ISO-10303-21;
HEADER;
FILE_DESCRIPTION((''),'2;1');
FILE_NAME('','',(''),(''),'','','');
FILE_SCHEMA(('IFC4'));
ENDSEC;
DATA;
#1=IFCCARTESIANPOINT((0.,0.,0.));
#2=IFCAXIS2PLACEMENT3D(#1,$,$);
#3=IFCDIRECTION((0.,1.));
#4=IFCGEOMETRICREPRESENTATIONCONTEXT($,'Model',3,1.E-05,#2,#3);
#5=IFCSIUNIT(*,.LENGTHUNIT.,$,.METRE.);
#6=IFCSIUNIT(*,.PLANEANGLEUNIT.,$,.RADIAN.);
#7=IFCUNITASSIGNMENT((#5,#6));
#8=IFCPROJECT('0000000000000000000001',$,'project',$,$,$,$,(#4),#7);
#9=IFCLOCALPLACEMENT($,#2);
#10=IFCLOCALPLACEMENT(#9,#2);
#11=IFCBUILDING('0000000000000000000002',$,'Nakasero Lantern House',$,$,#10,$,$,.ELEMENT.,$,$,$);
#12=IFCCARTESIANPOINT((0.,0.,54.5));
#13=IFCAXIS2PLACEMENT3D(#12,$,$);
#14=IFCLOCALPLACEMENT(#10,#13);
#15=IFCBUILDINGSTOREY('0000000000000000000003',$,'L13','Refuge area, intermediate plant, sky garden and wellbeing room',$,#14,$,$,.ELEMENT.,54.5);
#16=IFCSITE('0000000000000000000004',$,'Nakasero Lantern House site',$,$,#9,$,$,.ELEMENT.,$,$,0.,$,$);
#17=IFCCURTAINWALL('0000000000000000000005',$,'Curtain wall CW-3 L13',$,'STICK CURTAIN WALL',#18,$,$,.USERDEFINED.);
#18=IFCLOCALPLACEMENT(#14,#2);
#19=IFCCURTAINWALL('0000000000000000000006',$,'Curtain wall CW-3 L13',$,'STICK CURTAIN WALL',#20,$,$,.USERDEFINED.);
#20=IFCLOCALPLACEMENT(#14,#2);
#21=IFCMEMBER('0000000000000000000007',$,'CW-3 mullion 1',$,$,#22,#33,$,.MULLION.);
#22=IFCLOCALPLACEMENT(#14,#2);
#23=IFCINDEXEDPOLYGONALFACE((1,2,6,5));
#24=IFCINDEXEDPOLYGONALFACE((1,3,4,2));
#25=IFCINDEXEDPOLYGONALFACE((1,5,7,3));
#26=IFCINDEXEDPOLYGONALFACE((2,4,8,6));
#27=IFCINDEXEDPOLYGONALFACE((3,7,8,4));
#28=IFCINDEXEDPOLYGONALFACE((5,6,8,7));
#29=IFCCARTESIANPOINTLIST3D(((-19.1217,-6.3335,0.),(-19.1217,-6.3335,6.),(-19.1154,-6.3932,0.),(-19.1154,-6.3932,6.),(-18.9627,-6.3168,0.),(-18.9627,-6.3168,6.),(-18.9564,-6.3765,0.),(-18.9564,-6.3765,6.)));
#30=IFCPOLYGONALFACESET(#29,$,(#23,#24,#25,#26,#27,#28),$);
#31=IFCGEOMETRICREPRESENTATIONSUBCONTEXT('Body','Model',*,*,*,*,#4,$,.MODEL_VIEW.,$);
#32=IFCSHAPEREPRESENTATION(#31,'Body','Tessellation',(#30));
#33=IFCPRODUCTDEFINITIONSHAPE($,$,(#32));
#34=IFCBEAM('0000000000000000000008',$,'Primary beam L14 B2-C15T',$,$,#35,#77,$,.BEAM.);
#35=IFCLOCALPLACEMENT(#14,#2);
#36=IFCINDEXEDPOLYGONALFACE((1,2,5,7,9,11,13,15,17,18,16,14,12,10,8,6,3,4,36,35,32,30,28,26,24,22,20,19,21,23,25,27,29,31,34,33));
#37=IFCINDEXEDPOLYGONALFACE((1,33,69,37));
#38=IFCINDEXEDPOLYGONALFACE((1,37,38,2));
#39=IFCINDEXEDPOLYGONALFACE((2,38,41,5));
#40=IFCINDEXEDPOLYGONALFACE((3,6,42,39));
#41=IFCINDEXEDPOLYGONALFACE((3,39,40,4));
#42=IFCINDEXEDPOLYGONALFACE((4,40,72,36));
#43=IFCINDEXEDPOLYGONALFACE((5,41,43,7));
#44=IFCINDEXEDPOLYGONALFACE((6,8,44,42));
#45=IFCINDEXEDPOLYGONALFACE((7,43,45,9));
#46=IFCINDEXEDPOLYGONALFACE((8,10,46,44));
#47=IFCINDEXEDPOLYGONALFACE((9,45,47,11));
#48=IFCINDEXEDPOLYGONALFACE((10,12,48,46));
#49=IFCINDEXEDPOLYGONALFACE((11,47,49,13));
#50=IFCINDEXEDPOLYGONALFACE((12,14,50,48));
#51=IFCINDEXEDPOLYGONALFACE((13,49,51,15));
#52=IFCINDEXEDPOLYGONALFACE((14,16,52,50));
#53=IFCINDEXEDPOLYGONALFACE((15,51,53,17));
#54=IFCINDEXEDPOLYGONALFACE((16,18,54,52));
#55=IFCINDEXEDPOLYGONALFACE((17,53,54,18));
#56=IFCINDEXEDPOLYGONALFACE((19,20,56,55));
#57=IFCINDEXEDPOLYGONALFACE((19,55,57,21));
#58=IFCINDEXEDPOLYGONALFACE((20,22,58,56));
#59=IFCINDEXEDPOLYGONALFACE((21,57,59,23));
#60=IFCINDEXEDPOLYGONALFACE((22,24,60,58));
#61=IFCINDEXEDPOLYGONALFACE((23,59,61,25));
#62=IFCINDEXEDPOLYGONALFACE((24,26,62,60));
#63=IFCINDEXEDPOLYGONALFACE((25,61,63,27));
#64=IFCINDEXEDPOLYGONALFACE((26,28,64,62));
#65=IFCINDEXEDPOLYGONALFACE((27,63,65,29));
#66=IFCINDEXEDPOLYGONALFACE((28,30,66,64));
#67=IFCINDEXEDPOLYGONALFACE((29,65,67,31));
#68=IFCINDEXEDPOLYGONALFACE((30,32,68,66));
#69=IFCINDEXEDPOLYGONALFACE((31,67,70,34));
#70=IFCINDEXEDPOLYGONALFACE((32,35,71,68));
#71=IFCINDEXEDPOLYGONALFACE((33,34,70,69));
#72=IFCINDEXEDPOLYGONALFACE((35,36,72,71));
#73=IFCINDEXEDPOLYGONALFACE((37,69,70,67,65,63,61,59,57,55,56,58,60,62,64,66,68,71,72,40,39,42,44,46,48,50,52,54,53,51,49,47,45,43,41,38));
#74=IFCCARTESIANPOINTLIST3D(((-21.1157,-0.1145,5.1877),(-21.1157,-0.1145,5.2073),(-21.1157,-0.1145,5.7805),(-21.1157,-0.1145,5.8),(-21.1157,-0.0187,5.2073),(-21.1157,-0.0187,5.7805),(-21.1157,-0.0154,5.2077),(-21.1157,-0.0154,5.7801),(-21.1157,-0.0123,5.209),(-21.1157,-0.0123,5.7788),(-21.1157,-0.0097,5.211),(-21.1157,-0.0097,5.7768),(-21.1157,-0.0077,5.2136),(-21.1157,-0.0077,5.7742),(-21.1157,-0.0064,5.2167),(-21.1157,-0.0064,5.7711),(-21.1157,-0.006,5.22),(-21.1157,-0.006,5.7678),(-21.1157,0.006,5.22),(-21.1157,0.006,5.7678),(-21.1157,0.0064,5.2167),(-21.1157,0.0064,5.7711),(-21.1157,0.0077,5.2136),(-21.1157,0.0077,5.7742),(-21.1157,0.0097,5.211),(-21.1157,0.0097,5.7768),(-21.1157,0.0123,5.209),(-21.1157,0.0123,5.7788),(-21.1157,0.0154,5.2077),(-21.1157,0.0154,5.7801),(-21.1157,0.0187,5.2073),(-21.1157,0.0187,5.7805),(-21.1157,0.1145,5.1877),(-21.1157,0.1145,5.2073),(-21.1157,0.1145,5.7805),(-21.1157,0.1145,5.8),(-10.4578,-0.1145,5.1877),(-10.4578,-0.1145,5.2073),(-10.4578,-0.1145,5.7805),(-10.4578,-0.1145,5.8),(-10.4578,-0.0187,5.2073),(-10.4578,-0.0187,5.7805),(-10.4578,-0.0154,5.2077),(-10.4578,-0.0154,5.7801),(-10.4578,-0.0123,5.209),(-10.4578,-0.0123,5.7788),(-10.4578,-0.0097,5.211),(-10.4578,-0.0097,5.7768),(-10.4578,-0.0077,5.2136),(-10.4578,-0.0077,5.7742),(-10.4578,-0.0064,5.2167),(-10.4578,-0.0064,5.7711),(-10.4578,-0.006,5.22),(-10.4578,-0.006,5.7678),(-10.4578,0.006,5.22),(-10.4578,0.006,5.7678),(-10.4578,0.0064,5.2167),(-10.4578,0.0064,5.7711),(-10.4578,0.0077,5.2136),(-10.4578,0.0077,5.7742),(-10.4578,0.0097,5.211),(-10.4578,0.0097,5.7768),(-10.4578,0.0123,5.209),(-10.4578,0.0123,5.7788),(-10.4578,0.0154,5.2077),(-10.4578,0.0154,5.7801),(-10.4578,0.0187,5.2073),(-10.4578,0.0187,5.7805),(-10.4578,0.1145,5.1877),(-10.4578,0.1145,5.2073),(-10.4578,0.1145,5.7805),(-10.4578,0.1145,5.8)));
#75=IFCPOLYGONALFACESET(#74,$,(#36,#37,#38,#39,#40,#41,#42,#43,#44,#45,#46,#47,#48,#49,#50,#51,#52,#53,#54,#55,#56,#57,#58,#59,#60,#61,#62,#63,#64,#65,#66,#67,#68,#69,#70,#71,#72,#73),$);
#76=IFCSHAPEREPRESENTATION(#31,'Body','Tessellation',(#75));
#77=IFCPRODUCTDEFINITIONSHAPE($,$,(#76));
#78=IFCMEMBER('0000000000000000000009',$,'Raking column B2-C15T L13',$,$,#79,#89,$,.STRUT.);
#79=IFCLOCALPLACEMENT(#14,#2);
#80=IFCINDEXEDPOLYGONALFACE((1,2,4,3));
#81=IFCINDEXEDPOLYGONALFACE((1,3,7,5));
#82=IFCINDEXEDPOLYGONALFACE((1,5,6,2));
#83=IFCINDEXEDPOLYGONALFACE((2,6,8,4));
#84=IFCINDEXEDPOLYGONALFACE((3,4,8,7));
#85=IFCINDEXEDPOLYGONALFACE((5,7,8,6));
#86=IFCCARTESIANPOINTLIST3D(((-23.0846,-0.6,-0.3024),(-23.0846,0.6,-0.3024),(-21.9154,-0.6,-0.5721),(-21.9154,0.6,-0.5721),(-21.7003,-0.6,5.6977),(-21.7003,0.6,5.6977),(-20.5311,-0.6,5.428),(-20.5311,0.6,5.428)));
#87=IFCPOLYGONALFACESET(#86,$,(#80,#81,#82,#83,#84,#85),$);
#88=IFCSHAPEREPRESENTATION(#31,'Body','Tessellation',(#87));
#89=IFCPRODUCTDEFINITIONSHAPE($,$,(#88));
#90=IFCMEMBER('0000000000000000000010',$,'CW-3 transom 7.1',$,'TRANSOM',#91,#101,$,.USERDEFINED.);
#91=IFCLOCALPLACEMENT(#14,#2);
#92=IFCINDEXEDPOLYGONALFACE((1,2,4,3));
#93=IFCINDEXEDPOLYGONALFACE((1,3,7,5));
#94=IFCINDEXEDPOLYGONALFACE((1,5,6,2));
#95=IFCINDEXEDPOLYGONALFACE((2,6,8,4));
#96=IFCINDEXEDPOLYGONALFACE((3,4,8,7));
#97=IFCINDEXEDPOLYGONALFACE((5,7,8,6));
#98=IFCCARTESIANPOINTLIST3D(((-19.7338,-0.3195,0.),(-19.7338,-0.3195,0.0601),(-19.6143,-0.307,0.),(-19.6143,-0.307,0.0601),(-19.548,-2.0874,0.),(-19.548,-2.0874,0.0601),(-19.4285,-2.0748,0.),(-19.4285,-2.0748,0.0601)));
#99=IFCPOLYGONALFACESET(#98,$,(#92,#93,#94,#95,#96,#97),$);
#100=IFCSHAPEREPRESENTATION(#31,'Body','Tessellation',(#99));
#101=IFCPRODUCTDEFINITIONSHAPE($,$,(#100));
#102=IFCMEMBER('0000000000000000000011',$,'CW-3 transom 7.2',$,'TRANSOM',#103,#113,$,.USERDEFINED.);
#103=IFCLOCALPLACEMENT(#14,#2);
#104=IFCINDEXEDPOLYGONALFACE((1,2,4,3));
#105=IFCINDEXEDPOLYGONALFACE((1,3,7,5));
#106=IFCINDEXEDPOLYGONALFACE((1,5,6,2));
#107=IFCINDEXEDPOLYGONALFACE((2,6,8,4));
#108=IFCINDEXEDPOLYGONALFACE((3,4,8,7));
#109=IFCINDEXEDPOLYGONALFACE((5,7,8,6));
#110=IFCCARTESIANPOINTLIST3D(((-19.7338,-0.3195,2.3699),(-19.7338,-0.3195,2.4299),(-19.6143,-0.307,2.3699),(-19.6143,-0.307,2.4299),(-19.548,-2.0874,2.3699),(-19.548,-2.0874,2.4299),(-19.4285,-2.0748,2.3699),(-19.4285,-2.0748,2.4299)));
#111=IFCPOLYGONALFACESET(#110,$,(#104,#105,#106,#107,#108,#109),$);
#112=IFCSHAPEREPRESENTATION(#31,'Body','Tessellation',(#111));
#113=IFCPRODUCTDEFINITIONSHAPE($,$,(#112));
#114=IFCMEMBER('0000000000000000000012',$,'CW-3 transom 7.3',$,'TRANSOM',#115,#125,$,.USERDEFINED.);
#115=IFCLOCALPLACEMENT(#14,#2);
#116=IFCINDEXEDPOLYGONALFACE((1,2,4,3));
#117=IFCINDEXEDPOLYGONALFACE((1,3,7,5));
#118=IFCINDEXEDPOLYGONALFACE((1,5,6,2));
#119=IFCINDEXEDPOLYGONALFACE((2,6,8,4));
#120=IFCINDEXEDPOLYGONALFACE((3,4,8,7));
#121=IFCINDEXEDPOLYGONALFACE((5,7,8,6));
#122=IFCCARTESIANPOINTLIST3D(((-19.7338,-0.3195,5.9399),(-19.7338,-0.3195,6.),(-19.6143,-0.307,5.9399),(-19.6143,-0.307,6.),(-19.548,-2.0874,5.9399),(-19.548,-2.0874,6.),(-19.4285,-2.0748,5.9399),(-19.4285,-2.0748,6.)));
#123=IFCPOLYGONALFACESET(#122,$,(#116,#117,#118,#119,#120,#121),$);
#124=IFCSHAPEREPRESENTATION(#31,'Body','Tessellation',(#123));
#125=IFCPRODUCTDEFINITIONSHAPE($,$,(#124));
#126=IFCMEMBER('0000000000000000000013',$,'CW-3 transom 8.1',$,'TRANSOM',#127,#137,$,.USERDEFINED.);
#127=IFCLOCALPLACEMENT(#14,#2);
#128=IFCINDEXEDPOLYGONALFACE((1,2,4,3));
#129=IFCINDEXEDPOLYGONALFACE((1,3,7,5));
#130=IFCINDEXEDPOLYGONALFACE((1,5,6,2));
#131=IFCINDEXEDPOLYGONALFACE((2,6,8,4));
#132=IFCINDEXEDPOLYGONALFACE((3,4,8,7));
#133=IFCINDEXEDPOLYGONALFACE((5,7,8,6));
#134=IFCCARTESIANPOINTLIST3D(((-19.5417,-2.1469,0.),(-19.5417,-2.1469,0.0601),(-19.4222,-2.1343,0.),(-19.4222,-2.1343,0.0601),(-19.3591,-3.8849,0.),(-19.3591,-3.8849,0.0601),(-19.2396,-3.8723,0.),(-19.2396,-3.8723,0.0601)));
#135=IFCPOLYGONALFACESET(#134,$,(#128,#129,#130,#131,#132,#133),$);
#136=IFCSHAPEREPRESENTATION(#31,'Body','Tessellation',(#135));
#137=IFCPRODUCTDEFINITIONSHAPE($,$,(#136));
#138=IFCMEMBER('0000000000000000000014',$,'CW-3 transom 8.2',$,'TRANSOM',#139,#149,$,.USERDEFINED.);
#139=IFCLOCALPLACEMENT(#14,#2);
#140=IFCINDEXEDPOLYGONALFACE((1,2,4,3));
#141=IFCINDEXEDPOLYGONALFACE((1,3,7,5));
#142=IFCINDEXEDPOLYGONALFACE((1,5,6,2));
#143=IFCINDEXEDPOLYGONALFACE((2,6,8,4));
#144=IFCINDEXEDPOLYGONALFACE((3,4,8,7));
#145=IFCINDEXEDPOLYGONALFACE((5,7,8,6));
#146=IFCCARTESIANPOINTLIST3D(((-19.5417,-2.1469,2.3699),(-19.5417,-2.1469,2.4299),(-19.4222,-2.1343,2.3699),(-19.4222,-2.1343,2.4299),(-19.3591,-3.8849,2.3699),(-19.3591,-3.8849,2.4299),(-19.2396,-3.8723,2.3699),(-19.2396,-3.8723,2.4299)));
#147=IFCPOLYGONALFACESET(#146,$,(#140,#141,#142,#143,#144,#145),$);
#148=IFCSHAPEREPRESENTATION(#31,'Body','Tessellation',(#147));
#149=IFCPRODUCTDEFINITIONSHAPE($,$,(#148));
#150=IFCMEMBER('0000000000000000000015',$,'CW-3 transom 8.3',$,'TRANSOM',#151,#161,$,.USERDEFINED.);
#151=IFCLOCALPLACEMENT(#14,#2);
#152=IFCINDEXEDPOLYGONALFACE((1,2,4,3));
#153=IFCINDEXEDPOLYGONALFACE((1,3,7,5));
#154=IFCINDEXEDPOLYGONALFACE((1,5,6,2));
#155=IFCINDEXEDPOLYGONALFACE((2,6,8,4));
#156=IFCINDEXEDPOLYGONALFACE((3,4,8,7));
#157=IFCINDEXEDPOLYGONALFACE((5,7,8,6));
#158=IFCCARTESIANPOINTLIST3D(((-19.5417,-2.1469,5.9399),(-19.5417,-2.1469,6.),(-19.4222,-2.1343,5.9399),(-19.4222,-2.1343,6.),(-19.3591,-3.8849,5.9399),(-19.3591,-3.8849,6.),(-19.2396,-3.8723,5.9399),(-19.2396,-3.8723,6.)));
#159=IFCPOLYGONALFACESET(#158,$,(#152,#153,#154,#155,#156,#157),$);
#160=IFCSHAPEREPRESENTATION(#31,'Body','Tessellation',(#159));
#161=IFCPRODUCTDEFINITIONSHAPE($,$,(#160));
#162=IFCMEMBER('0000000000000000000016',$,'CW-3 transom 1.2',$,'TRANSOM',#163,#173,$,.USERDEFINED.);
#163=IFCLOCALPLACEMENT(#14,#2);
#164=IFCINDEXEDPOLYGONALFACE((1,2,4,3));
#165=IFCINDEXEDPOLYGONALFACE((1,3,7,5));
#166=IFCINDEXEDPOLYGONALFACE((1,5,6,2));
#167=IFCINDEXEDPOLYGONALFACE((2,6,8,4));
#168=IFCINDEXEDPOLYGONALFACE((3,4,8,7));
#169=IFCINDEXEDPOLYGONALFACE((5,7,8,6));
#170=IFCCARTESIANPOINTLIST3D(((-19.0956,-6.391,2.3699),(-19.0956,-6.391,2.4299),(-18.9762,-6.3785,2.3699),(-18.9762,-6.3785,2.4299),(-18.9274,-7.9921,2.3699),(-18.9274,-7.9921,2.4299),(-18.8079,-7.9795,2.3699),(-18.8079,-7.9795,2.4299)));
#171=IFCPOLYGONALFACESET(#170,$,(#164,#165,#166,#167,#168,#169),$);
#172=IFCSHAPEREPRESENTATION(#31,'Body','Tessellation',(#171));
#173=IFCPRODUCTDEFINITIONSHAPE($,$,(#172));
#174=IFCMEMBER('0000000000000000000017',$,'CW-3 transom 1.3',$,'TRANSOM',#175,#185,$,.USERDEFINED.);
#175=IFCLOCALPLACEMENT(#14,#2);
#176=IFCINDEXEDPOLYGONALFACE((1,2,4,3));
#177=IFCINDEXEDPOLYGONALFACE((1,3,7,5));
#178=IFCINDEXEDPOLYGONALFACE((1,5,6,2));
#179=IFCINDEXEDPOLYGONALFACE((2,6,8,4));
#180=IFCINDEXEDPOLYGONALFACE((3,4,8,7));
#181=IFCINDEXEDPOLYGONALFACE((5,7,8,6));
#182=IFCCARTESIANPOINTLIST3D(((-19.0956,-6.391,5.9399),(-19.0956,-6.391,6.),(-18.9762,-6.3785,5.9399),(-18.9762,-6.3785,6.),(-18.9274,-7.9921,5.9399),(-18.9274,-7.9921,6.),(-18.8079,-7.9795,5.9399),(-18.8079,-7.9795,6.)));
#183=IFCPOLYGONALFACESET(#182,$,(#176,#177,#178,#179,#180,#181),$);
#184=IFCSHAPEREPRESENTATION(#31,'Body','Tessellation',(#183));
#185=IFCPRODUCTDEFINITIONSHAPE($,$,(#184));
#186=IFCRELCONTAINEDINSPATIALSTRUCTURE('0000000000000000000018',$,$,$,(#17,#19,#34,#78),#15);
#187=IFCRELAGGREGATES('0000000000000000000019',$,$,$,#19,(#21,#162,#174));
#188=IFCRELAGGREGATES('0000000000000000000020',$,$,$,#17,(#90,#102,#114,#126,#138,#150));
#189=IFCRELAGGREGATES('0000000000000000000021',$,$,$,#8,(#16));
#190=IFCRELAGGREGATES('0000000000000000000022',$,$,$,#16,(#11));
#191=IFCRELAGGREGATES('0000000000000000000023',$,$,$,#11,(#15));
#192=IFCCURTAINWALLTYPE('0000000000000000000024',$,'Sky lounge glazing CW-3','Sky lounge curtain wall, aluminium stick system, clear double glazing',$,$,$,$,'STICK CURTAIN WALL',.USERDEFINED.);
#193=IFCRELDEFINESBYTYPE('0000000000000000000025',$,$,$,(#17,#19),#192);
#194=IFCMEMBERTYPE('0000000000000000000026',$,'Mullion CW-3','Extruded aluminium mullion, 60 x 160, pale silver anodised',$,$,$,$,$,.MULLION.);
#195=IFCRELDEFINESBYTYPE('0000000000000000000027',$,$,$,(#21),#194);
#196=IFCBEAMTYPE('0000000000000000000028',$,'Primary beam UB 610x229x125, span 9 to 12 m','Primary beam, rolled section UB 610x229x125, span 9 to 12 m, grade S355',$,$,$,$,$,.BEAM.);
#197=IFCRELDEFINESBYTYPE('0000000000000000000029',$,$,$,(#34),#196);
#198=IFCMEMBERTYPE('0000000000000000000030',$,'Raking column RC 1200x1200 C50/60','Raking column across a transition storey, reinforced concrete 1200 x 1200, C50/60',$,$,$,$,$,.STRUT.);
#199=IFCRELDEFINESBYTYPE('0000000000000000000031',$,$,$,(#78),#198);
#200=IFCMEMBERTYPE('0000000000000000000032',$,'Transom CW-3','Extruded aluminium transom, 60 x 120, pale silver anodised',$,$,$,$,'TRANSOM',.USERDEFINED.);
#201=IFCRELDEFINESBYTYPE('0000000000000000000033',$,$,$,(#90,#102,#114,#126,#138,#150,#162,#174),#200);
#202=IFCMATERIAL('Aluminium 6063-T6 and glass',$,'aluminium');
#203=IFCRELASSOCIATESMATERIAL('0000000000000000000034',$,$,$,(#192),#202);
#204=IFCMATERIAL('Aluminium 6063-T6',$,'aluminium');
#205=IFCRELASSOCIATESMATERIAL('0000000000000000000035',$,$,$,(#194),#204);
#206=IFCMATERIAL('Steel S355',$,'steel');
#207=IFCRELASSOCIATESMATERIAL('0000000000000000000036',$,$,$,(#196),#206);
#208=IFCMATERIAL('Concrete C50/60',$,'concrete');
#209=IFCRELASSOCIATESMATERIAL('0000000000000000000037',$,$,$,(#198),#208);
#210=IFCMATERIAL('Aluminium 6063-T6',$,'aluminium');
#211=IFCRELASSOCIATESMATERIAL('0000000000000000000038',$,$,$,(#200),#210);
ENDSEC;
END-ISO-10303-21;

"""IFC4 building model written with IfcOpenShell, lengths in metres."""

from ifc_helpers import new_model, si_unit, direction, frame, origin, origin_2d, place, context, subcontext, project, spatial, rectangle, i_section, extrude, material, material_profile, profile_set, type_object, element, aggregate, save


model = new_model("IFC4")

# Units and contexts
model_context = context("Model", 3, precision=1e-05, world=origin(), true_north=direction((0.0, 1.0)))
body_context = subcontext(model_context, "Body", "Model", "MODEL_VIEW")
ifc_project = project(units=[si_unit("LENGTHUNIT", "METRE"), si_unit("PLANEANGLEUNIT", "RADIAN")], contexts=[model_context])

# Site, building, storey
site_placement = place(None, origin())
site = spatial("IfcSite", under=ifc_project, at=site_placement, Name="Nakasero Lantern House site", CompositionType="ELEMENT", RefElevation=0.0)
building_placement = place(site_placement, origin())
building = spatial("IfcBuilding", under=site, at=building_placement, Name="Nakasero Lantern House", CompositionType="ELEMENT")
storey_placement = place(building_placement, frame((0.0, 0.0, 54.5)))
storey = spatial("IfcBuildingStorey", under=building, at=storey_placement, Name="L13", Description="Refuge area, intermediate plant, sky garden and wellbeing room", CompositionType="ELEMENT", Elevation=54.5)

# Curtain wall
ifc_material_1 = material(Name="Aluminium 6063-T6 and glass", Category="aluminium")
curtain_wall_type = type_object("IfcCurtainWallType", Name="Sky lounge glazing CW-3", Description="Sky lounge curtain wall, aluminium stick system, clear double glazing", ElementType="STICK CURTAIN WALL", PredefinedType="USERDEFINED", material=ifc_material_1)
curtain_wall_1_placement = place(storey_placement, origin())
curtain_wall_1 = element("IfcCurtainWall", 1, at=curtain_wall_1_placement, inside=storey, type_object=curtain_wall_type, Name="Curtain wall CW-3 L13", ObjectType="STICK CURTAIN WALL", PredefinedType="USERDEFINED")
ifc_material_2 = material(Name="Aluminium 6063-T6", Category="aluminium")
ifc_material_profile_1 = material_profile(ifc_material_2, rectangle(XDim=0.0601, YDim=0.1599, at=origin_2d()), Name="CW-3 mullion 60x160")
ifc_profile_set_1 = profile_set([ifc_material_profile_1], Name="Aluminium 6063-T6")
member_type_1 = type_object("IfcMemberType", Name="Mullion CW-3", Description="Extruded aluminium mullion, 60 x 160, pale silver anodised", PredefinedType="MULLION", material=ifc_profile_set_1)

# Curtain wall, member
curtain_wall_2_placement = place(storey_placement, origin())
curtain_wall_2 = element("IfcCurtainWall", 2, at=curtain_wall_2_placement, inside=storey, type_object=curtain_wall_type, Name="Curtain wall CW-3 L13", ObjectType="STICK CURTAIN WALL", PredefinedType="USERDEFINED")
member_1_placement = place(storey_placement, frame((-19.0391, -6.355, 0.0), z_axis=(0.0, 0.0, 1.0), x_axis=(0.104528, -0.994522, 0.0)))
member_1 = element("IfcMember", 3, at=member_1_placement, type_object=member_type_1, Name="CW-3 mullion 1", PredefinedType="MULLION", context=body_context, shape_type="SweptSolid", body=[
    extrude(rectangle(XDim=0.0601, YDim=0.1599, at=origin_2d()), origin(), (0.0, 0.0, 1.0), 6.0),
])

# Beam
ifc_material_3 = material(Name="Steel S355", Category="steel")
ifc_material_profile_2 = material_profile(ifc_material_3, i_section(OverallWidth=0.229, OverallDepth=0.6123, WebThickness=0.012, FlangeThickness=0.0195, FilletRadius=0.0127, at=origin_2d()), Name="UB 610x229x125")
ifc_profile_set_2 = profile_set([ifc_material_profile_2], Name="Steel S355")
beam_type_1 = type_object("IfcBeamType", Name="Primary beam UB 610x229x125, span 9 to 12 m", Description="Primary beam, rolled section UB 610x229x125, span 9 to 12 m, grade S355", PredefinedType="BEAM", material=ifc_profile_set_2)
beam_1_placement = place(storey_placement, frame((-21.1157, 0.0, 5.4939), z_axis=(1.0, 0.0, 0.0), x_axis=(0.0, 1.0, 0.0)))
element("IfcBeam", 4, at=beam_1_placement, inside=storey, type_object=beam_type_1, Name="Primary beam L14 B2-C15T", PredefinedType="BEAM", context=body_context, shape_type="SweptSolid", body=[
    extrude(i_section(OverallWidth=0.229, OverallDepth=0.6123, WebThickness=0.012, FlangeThickness=0.0195, FilletRadius=0.0127, at=origin_2d()), origin(), (0.0, 0.0, 1.0), 10.658),
])

# Members
ifc_material_4 = material(Name="Concrete C50/60", Category="concrete")
ifc_material_profile_3 = material_profile(ifc_material_4, rectangle(XDim=1.2, YDim=1.2, at=origin_2d()), Name="RC 1200x1200")
ifc_profile_set_3 = profile_set([ifc_material_profile_3], Name="Concrete C50/60")
member_type_2 = type_object("IfcMemberType", Name="Raking column RC 1200x1200 C50/60", Description="Raking column across a transition storey, reinforced concrete 1200 x 1200, C50/60", PredefinedType="STRUT", material=ifc_profile_set_3)
member_2_placement = place(storey_placement, frame((-22.5, 0.0, -0.4373), z_axis=(0.224807, 0.0, 0.974403), x_axis=(0.0, 1.0, 0.0)))
element("IfcMember", 5, at=member_2_placement, inside=storey, type_object=member_type_2, Name="Raking column B2-C15T L13", PredefinedType="STRUT", context=body_context, shape_type="SweptSolid", body=[
    extrude(rectangle(XDim=1.2, YDim=1.2, at=origin_2d()), origin(), (0.0, 0.0, 1.0), 6.1577),
])
ifc_material_5 = material(Name="Aluminium 6063-T6", Category="aluminium")
ifc_material_profile_4 = material_profile(ifc_material_5, rectangle(XDim=0.0601, YDim=0.1201, at=origin_2d()), Name="CW-3 transom 60x120")
ifc_profile_set_4 = profile_set([ifc_material_profile_4], Name="Aluminium 6063-T6")
member_type_3 = type_object("IfcMemberType", Name="Transom CW-3", Description="Extruded aluminium transom, 60 x 120, pale silver anodised", ElementType="TRANSOM", PredefinedType="USERDEFINED", material=ifc_profile_set_4)
member_3_placement = place(storey_placement, frame((-19.6741, -0.3132, 0.03), z_axis=(0.10452, -0.994523, 0.0), x_axis=(0.0, 0.0, 1.0)))
member_3 = element("IfcMember", 6, at=member_3_placement, type_object=member_type_3, Name="CW-3 transom 7.1", ObjectType="TRANSOM", PredefinedType="USERDEFINED", context=body_context, shape_type="SweptSolid", body=[
    extrude(rectangle(XDim=0.0601, YDim=0.1201, at=origin_2d()), origin(), (0.0, 0.0, 1.0), 1.7776),
])
member_4_placement = place(storey_placement, frame((-19.6741, -0.3132, 2.3999), z_axis=(0.10452, -0.994523, 0.0), x_axis=(0.0, 0.0, 1.0)))
member_4 = element("IfcMember", 7, at=member_4_placement, type_object=member_type_3, Name="CW-3 transom 7.2", ObjectType="TRANSOM", PredefinedType="USERDEFINED", context=body_context, shape_type="SweptSolid", body=[
    extrude(rectangle(XDim=0.0601, YDim=0.1201, at=origin_2d()), origin(), (0.0, 0.0, 1.0), 1.7776),
])
member_5_placement = place(storey_placement, frame((-19.6741, -0.3132, 5.97), z_axis=(0.10452, -0.994523, 0.0), x_axis=(0.0, 0.0, 1.0)))
member_5 = element("IfcMember", 8, at=member_5_placement, type_object=member_type_3, Name="CW-3 transom 7.3", ObjectType="TRANSOM", PredefinedType="USERDEFINED", context=body_context, shape_type="SweptSolid", body=[
    extrude(rectangle(XDim=0.0601, YDim=0.1201, at=origin_2d()), origin(), (0.0, 0.0, 1.0), 1.7776),
])
member_6_placement = place(storey_placement, frame((-19.4819, -2.1406, 0.03), z_axis=(0.104496, -0.994525, 0.0), x_axis=(0.0, 0.0, 1.0)))
member_6 = element("IfcMember", 9, at=member_6_placement, type_object=member_type_3, Name="CW-3 transom 8.1", ObjectType="TRANSOM", PredefinedType="USERDEFINED", context=body_context, shape_type="SweptSolid", body=[
    extrude(rectangle(XDim=0.0601, YDim=0.1201, at=origin_2d()), origin(), (0.0, 0.0, 1.0), 1.7476),
])
member_7_placement = place(storey_placement, frame((-19.4819, -2.1406, 2.3999), z_axis=(0.104496, -0.994525, 0.0), x_axis=(0.0, 0.0, 1.0)))
member_7 = element("IfcMember", 10, at=member_7_placement, type_object=member_type_3, Name="CW-3 transom 8.2", ObjectType="TRANSOM", PredefinedType="USERDEFINED", context=body_context, shape_type="SweptSolid", body=[
    extrude(rectangle(XDim=0.0601, YDim=0.1201, at=origin_2d()), origin(), (0.0, 0.0, 1.0), 1.7476),
])
member_8_placement = place(storey_placement, frame((-19.4819, -2.1406, 5.97), z_axis=(0.104496, -0.994525, 0.0), x_axis=(0.0, 0.0, 1.0)))
member_8 = element("IfcMember", 11, at=member_8_placement, type_object=member_type_3, Name="CW-3 transom 8.3", ObjectType="TRANSOM", PredefinedType="USERDEFINED", context=body_context, shape_type="SweptSolid", body=[
    extrude(rectangle(XDim=0.0601, YDim=0.1201, at=origin_2d()), origin(), (0.0, 0.0, 1.0), 1.7476),
])
member_9_placement = place(storey_placement, frame((-19.0359, -6.3848, 2.3999), z_axis=(0.104487, -0.994526, 0.0), x_axis=(0.0, 0.0, 1.0)))
member_9 = element("IfcMember", 12, at=member_9_placement, type_object=member_type_3, Name="CW-3 transom 1.2", ObjectType="TRANSOM", PredefinedType="USERDEFINED", context=body_context, shape_type="SweptSolid", body=[
    extrude(rectangle(XDim=0.0601, YDim=0.1201, at=origin_2d()), origin(), (0.0, 0.0, 1.0), 1.6099),
])
member_10_placement = place(storey_placement, frame((-19.0359, -6.3848, 5.97), z_axis=(0.104487, -0.994526, 0.0), x_axis=(0.0, 0.0, 1.0)))
member_10 = element("IfcMember", 13, at=member_10_placement, type_object=member_type_3, Name="CW-3 transom 1.3", ObjectType="TRANSOM", PredefinedType="USERDEFINED", context=body_context, shape_type="SweptSolid", body=[
    extrude(rectangle(XDim=0.0601, YDim=0.1201, at=origin_2d()), origin(), (0.0, 0.0, 1.0), 1.6099),
])
aggregate(curtain_wall_2, [member_1, member_9, member_10])

aggregate(curtain_wall_1, [member_3, member_4, member_5, member_6, member_7, member_8])

save(model, "model.ifc")
